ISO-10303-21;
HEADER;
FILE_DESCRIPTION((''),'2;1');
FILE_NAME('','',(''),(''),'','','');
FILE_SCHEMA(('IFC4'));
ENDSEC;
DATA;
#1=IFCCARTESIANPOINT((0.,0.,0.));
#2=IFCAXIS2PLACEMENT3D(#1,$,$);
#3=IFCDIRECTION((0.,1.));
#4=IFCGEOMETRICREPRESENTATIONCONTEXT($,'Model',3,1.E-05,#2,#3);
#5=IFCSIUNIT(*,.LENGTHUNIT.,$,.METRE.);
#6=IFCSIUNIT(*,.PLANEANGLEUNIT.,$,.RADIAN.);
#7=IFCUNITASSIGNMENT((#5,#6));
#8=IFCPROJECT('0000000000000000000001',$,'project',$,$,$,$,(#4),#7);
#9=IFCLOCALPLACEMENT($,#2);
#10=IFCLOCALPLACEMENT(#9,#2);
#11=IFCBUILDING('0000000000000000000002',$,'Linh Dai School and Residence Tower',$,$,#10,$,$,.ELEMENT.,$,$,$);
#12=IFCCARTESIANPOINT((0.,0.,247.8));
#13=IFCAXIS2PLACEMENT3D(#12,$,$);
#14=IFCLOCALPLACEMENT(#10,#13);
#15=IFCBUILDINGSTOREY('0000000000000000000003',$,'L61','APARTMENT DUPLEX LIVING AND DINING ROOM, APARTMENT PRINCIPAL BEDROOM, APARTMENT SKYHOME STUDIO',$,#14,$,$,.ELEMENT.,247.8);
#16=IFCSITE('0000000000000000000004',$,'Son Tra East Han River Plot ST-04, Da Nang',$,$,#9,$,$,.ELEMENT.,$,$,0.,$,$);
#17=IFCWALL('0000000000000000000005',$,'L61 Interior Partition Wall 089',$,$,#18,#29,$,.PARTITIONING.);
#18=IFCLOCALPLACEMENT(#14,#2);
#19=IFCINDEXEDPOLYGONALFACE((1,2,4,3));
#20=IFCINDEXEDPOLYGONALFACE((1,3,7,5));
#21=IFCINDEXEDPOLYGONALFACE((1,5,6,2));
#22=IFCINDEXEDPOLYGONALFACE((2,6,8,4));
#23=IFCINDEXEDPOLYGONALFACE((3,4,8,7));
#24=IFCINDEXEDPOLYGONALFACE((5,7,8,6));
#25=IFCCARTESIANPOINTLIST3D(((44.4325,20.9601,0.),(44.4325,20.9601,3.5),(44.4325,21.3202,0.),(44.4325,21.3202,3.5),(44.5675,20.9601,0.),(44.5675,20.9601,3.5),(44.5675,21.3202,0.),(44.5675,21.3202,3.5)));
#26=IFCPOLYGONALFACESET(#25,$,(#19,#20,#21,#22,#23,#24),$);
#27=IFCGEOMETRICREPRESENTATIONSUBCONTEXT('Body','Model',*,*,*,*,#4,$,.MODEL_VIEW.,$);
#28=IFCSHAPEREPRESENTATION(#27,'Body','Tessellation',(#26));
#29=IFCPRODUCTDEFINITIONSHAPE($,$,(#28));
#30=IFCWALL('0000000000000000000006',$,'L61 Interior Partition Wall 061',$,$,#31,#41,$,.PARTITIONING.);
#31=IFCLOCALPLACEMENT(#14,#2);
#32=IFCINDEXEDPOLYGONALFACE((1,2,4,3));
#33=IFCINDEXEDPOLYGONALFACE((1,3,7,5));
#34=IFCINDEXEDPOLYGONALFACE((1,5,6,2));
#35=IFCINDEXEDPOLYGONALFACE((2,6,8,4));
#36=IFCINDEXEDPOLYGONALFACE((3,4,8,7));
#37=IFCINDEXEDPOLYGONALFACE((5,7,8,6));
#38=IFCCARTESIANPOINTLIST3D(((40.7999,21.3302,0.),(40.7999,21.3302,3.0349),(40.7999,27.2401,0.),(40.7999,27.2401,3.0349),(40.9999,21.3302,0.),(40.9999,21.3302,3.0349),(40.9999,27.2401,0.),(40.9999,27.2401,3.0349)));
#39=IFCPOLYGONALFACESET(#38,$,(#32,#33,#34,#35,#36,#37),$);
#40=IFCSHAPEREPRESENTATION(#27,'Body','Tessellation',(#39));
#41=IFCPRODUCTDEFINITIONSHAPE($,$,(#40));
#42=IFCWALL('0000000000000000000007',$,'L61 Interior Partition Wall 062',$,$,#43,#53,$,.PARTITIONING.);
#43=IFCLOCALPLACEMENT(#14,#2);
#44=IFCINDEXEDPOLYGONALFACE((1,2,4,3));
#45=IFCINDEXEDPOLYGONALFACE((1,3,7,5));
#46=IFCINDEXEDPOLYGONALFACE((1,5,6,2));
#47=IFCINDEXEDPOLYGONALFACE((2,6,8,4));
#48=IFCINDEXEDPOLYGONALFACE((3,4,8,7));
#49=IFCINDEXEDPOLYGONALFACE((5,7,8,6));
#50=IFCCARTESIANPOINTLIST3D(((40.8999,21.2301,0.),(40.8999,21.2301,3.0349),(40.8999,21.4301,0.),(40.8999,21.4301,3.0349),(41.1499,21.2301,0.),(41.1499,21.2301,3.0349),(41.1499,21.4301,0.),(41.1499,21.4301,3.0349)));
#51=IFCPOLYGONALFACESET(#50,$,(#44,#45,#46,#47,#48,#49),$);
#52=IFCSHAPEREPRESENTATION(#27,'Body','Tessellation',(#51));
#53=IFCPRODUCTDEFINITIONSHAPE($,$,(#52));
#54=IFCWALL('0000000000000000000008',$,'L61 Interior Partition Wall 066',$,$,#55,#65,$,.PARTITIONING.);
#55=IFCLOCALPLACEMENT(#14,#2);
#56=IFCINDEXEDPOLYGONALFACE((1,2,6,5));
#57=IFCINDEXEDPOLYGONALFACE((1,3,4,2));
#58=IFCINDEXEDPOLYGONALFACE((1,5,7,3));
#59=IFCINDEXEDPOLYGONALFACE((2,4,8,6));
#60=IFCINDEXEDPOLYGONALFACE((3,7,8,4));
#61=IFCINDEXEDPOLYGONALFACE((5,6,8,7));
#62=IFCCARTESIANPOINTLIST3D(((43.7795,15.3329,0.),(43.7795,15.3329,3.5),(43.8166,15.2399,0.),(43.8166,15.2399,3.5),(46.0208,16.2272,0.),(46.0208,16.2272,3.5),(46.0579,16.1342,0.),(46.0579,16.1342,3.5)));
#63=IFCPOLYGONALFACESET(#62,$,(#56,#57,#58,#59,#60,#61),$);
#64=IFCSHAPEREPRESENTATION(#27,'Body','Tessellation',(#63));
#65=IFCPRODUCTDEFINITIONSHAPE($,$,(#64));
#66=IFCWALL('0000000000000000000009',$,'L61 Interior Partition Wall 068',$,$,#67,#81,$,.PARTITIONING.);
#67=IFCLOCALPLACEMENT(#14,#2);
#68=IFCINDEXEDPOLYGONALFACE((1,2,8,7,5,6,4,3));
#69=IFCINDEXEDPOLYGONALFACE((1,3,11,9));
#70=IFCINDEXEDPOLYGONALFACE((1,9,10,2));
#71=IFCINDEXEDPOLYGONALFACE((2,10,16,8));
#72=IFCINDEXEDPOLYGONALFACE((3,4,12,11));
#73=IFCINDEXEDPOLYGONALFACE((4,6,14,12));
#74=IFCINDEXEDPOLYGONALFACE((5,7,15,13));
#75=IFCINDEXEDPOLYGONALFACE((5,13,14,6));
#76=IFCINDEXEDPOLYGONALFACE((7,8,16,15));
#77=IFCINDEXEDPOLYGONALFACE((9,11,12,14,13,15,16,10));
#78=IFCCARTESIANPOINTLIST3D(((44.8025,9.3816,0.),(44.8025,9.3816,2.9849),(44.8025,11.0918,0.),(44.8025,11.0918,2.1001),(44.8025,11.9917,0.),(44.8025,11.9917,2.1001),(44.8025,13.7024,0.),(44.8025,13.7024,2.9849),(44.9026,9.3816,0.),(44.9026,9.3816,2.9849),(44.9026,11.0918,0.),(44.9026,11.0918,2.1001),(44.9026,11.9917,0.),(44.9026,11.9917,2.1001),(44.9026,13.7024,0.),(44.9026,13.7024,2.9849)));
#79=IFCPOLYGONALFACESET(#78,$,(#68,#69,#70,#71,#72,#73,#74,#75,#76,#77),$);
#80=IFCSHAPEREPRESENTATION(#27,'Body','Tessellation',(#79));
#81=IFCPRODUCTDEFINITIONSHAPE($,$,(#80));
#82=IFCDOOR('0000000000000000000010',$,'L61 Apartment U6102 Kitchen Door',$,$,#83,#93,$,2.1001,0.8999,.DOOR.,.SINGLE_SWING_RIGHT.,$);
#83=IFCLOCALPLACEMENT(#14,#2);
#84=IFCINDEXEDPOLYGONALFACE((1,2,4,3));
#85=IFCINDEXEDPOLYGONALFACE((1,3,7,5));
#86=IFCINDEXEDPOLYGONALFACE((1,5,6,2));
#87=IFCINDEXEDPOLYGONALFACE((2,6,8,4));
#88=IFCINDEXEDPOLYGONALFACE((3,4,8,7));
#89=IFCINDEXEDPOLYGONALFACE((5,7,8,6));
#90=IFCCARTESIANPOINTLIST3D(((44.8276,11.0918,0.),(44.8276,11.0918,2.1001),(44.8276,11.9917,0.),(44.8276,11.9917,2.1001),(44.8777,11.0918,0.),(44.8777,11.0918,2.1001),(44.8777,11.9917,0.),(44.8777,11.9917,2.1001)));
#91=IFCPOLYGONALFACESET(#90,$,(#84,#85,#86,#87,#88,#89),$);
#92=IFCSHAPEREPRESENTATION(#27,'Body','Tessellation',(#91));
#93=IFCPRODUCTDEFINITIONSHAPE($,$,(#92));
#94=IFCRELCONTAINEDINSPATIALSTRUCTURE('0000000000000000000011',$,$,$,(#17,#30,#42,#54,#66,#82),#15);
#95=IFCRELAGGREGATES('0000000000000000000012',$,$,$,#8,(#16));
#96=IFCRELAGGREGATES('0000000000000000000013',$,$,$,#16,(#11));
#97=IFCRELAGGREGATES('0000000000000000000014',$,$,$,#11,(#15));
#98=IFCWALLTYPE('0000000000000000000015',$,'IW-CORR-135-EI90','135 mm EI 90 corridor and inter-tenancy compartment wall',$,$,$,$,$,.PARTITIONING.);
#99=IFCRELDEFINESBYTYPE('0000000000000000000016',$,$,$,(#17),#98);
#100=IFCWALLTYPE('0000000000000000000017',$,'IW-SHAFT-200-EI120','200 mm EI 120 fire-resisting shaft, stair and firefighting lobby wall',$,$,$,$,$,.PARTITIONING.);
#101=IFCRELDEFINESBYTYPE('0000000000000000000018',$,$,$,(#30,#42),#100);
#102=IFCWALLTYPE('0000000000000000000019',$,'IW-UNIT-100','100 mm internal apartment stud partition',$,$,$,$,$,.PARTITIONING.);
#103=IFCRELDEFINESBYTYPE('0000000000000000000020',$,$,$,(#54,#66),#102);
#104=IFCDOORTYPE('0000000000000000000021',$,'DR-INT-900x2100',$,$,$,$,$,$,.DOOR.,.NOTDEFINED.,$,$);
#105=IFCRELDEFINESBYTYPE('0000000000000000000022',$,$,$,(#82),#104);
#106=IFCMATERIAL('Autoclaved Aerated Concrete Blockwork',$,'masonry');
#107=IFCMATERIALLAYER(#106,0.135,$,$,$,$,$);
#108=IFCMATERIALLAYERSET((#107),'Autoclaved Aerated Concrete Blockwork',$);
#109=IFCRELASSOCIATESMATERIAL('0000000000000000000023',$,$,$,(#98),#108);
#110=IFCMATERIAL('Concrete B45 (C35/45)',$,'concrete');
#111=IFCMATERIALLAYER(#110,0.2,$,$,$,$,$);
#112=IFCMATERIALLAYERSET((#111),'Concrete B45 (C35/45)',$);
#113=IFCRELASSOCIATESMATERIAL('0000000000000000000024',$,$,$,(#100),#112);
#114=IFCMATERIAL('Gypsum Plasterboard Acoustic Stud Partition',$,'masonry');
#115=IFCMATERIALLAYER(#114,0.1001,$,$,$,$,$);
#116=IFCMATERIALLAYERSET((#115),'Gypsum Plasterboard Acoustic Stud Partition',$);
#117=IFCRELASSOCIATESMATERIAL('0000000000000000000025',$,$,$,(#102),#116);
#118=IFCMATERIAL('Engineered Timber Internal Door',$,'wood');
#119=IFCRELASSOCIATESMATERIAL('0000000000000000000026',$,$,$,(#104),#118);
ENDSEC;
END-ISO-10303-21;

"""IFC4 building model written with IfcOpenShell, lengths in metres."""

from ifc_helpers import new_model, si_unit, direction, frame, frame_2d, origin, origin_2d, place, context, subcontext, project, spatial, rectangle, extrude, source, transform, mapped, material, layer, layer_set, type_object, element, fill, save


model = new_model("IFC4")

# Units and contexts
model_context = context("Model", 3, precision=1e-05, world=origin(), true_north=direction((0.0, 1.0)))
body_context = subcontext(model_context, "Body", "Model", "MODEL_VIEW")
ifc_project = project(units=[si_unit("LENGTHUNIT", "METRE"), si_unit("PLANEANGLEUNIT", "RADIAN")], contexts=[model_context])

# Site, building, storey
site_placement = place(None, origin())
site = spatial("IfcSite", under=ifc_project, at=site_placement, Name="Son Tra East Han River Plot ST-04, Da Nang", CompositionType="ELEMENT", RefElevation=0.0)
building_placement = place(site_placement, origin())
building = spatial("IfcBuilding", under=site, at=building_placement, Name="Linh Dai School and Residence Tower", CompositionType="ELEMENT")
storey_placement = place(building_placement, frame((0.0, 0.0, 247.8)))
storey = spatial("IfcBuildingStorey", under=building, at=storey_placement, Name="L61", Description="APARTMENT DUPLEX LIVING AND DINING ROOM, APARTMENT PRINCIPAL BEDROOM, APARTMENT SKYHOME STUDIO", CompositionType="ELEMENT", Elevation=247.8)

# Walls
ifc_material_1 = material(Name="Autoclaved Aerated Concrete Blockwork", Category="masonry")
ifc_layer_1 = layer(ifc_material_1, 0.135)
ifc_layer_set_1 = layer_set([ifc_layer_1], Name="Autoclaved Aerated Concrete Blockwork")
wall_type_1 = type_object("IfcWallType", Name="IW-CORR-135-EI90", Description="135 mm EI 90 corridor and inter-tenancy compartment wall", PredefinedType="PARTITIONING", material=ifc_layer_set_1)
wall_1_placement = place(storey_placement, frame((44.5, 20.96, 0.0), z_axis=(0.0, 0.0, 1.0), x_axis=(0.0, 1.0, 0.0)))
element("IfcWall", 1, at=wall_1_placement, inside=storey, type_object=wall_type_1, Name="L61 Interior Partition Wall 089", PredefinedType="PARTITIONING", context=body_context, shape_type="SweptSolid", body=[
    extrude(rectangle(XDim=0.3601, YDim=0.135, at=frame_2d((0.1802, 0.0))), origin(), (0.0, 0.0, 1.0), 3.5),
])
ifc_material_2 = material(Name="Concrete B45 (C35/45)", Category="concrete")
ifc_layer_2 = layer(ifc_material_2, 0.2)
ifc_layer_set_2 = layer_set([ifc_layer_2], Name="Concrete B45 (C35/45)")
wall_type_2 = type_object("IfcWallType", Name="IW-SHAFT-200-EI120", Description="200 mm EI 120 fire-resisting shaft, stair and firefighting lobby wall", PredefinedType="PARTITIONING", material=ifc_layer_set_2)
wall_2_placement = place(storey_placement, frame((40.8999, 21.3301, 0.0), z_axis=(0.0, 0.0, 1.0), x_axis=(0.0, 1.0, 0.0)))
element("IfcWall", 2, at=wall_2_placement, inside=storey, type_object=wall_type_2, Name="L61 Interior Partition Wall 061", PredefinedType="PARTITIONING", context=body_context, shape_type="SweptSolid", body=[
    extrude(rectangle(XDim=5.9099, YDim=0.2, at=frame_2d((2.9551, 0.0))), origin(), (0.0, 0.0, 1.0), 3.0349),
])
wall_3_placement = place(storey_placement, frame((40.8999, 21.3301, 0.0), z_axis=(0.0, 0.0, 1.0), x_axis=(1.0, 0.0, 0.0)))
element("IfcWall", 3, at=wall_3_placement, inside=storey, type_object=wall_type_2, Name="L61 Interior Partition Wall 062", PredefinedType="PARTITIONING", context=body_context, shape_type="SweptSolid", body=[
    extrude(rectangle(XDim=0.25, YDim=0.2, at=frame_2d((0.125, 0.0))), origin(), (0.0, 0.0, 1.0), 3.0349),
])
ifc_material_3 = material(Name="Gypsum Plasterboard Acoustic Stud Partition", Category="masonry")
ifc_layer_3 = layer(ifc_material_3, 0.1001)
ifc_layer_set_3 = layer_set([ifc_layer_3], Name="Gypsum Plasterboard Acoustic Stud Partition")
wall_type_3 = type_object("IfcWallType", Name="IW-UNIT-100", Description="100 mm internal apartment stud partition", PredefinedType="PARTITIONING", material=ifc_layer_set_3)
wall_4_placement = place(storey_placement, frame((43.7981, 15.2864, 0.0), z_axis=(0.0, 0.0, 1.0), x_axis=(0.92879, 0.370606, 0.0)))
element("IfcWall", 4, at=wall_4_placement, inside=storey, type_object=wall_type_3, Name="L61 Interior Partition Wall 066", PredefinedType="PARTITIONING", context=body_context, shape_type="SweptSolid", body=[
    extrude(rectangle(XDim=2.4131, YDim=0.1001, at=frame_2d((1.2065, 0.0))), origin(), (0.0, 0.0, 1.0), 3.5),
])

# Wall, opening, door
wall_5_placement = place(storey_placement, frame((44.8525, 9.3816, 0.0), z_axis=(0.0, 0.0, 1.0), x_axis=(0.0, 1.0, 0.0)))
wall_5 = element("IfcWall", 5, at=wall_5_placement, inside=storey, type_object=wall_type_3, Name="L61 Interior Partition Wall 068", PredefinedType="PARTITIONING", context=body_context, shape_type="SweptSolid", body=[
    extrude(rectangle(XDim=4.3208, YDim=0.1001, at=frame_2d((2.1604, 0.0))), origin(), (0.0, 0.0, 1.0), 2.9849),
])
opening_1_placement = place(wall_5_placement, frame((1.7102, 0.0, 0.0)))
opening_1 = element("IfcOpeningElement", 6, at=opening_1_placement, cuts=wall_5, PredefinedType="OPENING", context=body_context, shape_type="SweptSolid", body=[
    extrude(rectangle(XDim=0.8999, YDim=2.1001, at=origin_2d()), frame((0.45, 0.0601, 1.05), z_axis=(0.0, -1.0, 0.0), x_axis=(1.0, 0.0, 0.0)), (0.0, 0.0, 1.0), 0.1201),
])
ifc_material_4 = material(Name="Engineered Timber Internal Door", Category="wood")
door_type = type_object("IfcDoorType", Name="DR-INT-900x2100", OperationType="NOTDEFINED", PredefinedType="DOOR", material=ifc_material_4)
shared_shape_1 = source(origin(), body_context, "Body", "SweptSolid", [
    extrude(rectangle(XDim=0.8999, YDim=2.1001, at=origin_2d()), frame((0.45, 0.0249, 1.05), z_axis=(0.0, -1.0, 0.0), x_axis=(1.0, 0.0, 0.0)), (0.0, 0.0, 1.0), 0.05),
])
door_placement = place(opening_1_placement, origin())
door = element("IfcDoor", 7, at=door_placement, inside=storey, type_object=door_type, Name="L61 Apartment U6102 Kitchen Door", OperationType="SINGLE_SWING_RIGHT", OverallHeight=2.1001, OverallWidth=0.8999, PredefinedType="DOOR", context=body_context, shape_type="MappedRepresentation", body=[
    mapped(shared_shape_1, transform((0.0, 0.0, 0.0), x_axis=(1.0, 0.0, 0.0), y_axis=(0.0, 1.0, 0.0), z_axis=(0.0, 0.0, 1.0), scale=1.0)),
])
fill(opening_1, door)

save(model, "model.ifc")
